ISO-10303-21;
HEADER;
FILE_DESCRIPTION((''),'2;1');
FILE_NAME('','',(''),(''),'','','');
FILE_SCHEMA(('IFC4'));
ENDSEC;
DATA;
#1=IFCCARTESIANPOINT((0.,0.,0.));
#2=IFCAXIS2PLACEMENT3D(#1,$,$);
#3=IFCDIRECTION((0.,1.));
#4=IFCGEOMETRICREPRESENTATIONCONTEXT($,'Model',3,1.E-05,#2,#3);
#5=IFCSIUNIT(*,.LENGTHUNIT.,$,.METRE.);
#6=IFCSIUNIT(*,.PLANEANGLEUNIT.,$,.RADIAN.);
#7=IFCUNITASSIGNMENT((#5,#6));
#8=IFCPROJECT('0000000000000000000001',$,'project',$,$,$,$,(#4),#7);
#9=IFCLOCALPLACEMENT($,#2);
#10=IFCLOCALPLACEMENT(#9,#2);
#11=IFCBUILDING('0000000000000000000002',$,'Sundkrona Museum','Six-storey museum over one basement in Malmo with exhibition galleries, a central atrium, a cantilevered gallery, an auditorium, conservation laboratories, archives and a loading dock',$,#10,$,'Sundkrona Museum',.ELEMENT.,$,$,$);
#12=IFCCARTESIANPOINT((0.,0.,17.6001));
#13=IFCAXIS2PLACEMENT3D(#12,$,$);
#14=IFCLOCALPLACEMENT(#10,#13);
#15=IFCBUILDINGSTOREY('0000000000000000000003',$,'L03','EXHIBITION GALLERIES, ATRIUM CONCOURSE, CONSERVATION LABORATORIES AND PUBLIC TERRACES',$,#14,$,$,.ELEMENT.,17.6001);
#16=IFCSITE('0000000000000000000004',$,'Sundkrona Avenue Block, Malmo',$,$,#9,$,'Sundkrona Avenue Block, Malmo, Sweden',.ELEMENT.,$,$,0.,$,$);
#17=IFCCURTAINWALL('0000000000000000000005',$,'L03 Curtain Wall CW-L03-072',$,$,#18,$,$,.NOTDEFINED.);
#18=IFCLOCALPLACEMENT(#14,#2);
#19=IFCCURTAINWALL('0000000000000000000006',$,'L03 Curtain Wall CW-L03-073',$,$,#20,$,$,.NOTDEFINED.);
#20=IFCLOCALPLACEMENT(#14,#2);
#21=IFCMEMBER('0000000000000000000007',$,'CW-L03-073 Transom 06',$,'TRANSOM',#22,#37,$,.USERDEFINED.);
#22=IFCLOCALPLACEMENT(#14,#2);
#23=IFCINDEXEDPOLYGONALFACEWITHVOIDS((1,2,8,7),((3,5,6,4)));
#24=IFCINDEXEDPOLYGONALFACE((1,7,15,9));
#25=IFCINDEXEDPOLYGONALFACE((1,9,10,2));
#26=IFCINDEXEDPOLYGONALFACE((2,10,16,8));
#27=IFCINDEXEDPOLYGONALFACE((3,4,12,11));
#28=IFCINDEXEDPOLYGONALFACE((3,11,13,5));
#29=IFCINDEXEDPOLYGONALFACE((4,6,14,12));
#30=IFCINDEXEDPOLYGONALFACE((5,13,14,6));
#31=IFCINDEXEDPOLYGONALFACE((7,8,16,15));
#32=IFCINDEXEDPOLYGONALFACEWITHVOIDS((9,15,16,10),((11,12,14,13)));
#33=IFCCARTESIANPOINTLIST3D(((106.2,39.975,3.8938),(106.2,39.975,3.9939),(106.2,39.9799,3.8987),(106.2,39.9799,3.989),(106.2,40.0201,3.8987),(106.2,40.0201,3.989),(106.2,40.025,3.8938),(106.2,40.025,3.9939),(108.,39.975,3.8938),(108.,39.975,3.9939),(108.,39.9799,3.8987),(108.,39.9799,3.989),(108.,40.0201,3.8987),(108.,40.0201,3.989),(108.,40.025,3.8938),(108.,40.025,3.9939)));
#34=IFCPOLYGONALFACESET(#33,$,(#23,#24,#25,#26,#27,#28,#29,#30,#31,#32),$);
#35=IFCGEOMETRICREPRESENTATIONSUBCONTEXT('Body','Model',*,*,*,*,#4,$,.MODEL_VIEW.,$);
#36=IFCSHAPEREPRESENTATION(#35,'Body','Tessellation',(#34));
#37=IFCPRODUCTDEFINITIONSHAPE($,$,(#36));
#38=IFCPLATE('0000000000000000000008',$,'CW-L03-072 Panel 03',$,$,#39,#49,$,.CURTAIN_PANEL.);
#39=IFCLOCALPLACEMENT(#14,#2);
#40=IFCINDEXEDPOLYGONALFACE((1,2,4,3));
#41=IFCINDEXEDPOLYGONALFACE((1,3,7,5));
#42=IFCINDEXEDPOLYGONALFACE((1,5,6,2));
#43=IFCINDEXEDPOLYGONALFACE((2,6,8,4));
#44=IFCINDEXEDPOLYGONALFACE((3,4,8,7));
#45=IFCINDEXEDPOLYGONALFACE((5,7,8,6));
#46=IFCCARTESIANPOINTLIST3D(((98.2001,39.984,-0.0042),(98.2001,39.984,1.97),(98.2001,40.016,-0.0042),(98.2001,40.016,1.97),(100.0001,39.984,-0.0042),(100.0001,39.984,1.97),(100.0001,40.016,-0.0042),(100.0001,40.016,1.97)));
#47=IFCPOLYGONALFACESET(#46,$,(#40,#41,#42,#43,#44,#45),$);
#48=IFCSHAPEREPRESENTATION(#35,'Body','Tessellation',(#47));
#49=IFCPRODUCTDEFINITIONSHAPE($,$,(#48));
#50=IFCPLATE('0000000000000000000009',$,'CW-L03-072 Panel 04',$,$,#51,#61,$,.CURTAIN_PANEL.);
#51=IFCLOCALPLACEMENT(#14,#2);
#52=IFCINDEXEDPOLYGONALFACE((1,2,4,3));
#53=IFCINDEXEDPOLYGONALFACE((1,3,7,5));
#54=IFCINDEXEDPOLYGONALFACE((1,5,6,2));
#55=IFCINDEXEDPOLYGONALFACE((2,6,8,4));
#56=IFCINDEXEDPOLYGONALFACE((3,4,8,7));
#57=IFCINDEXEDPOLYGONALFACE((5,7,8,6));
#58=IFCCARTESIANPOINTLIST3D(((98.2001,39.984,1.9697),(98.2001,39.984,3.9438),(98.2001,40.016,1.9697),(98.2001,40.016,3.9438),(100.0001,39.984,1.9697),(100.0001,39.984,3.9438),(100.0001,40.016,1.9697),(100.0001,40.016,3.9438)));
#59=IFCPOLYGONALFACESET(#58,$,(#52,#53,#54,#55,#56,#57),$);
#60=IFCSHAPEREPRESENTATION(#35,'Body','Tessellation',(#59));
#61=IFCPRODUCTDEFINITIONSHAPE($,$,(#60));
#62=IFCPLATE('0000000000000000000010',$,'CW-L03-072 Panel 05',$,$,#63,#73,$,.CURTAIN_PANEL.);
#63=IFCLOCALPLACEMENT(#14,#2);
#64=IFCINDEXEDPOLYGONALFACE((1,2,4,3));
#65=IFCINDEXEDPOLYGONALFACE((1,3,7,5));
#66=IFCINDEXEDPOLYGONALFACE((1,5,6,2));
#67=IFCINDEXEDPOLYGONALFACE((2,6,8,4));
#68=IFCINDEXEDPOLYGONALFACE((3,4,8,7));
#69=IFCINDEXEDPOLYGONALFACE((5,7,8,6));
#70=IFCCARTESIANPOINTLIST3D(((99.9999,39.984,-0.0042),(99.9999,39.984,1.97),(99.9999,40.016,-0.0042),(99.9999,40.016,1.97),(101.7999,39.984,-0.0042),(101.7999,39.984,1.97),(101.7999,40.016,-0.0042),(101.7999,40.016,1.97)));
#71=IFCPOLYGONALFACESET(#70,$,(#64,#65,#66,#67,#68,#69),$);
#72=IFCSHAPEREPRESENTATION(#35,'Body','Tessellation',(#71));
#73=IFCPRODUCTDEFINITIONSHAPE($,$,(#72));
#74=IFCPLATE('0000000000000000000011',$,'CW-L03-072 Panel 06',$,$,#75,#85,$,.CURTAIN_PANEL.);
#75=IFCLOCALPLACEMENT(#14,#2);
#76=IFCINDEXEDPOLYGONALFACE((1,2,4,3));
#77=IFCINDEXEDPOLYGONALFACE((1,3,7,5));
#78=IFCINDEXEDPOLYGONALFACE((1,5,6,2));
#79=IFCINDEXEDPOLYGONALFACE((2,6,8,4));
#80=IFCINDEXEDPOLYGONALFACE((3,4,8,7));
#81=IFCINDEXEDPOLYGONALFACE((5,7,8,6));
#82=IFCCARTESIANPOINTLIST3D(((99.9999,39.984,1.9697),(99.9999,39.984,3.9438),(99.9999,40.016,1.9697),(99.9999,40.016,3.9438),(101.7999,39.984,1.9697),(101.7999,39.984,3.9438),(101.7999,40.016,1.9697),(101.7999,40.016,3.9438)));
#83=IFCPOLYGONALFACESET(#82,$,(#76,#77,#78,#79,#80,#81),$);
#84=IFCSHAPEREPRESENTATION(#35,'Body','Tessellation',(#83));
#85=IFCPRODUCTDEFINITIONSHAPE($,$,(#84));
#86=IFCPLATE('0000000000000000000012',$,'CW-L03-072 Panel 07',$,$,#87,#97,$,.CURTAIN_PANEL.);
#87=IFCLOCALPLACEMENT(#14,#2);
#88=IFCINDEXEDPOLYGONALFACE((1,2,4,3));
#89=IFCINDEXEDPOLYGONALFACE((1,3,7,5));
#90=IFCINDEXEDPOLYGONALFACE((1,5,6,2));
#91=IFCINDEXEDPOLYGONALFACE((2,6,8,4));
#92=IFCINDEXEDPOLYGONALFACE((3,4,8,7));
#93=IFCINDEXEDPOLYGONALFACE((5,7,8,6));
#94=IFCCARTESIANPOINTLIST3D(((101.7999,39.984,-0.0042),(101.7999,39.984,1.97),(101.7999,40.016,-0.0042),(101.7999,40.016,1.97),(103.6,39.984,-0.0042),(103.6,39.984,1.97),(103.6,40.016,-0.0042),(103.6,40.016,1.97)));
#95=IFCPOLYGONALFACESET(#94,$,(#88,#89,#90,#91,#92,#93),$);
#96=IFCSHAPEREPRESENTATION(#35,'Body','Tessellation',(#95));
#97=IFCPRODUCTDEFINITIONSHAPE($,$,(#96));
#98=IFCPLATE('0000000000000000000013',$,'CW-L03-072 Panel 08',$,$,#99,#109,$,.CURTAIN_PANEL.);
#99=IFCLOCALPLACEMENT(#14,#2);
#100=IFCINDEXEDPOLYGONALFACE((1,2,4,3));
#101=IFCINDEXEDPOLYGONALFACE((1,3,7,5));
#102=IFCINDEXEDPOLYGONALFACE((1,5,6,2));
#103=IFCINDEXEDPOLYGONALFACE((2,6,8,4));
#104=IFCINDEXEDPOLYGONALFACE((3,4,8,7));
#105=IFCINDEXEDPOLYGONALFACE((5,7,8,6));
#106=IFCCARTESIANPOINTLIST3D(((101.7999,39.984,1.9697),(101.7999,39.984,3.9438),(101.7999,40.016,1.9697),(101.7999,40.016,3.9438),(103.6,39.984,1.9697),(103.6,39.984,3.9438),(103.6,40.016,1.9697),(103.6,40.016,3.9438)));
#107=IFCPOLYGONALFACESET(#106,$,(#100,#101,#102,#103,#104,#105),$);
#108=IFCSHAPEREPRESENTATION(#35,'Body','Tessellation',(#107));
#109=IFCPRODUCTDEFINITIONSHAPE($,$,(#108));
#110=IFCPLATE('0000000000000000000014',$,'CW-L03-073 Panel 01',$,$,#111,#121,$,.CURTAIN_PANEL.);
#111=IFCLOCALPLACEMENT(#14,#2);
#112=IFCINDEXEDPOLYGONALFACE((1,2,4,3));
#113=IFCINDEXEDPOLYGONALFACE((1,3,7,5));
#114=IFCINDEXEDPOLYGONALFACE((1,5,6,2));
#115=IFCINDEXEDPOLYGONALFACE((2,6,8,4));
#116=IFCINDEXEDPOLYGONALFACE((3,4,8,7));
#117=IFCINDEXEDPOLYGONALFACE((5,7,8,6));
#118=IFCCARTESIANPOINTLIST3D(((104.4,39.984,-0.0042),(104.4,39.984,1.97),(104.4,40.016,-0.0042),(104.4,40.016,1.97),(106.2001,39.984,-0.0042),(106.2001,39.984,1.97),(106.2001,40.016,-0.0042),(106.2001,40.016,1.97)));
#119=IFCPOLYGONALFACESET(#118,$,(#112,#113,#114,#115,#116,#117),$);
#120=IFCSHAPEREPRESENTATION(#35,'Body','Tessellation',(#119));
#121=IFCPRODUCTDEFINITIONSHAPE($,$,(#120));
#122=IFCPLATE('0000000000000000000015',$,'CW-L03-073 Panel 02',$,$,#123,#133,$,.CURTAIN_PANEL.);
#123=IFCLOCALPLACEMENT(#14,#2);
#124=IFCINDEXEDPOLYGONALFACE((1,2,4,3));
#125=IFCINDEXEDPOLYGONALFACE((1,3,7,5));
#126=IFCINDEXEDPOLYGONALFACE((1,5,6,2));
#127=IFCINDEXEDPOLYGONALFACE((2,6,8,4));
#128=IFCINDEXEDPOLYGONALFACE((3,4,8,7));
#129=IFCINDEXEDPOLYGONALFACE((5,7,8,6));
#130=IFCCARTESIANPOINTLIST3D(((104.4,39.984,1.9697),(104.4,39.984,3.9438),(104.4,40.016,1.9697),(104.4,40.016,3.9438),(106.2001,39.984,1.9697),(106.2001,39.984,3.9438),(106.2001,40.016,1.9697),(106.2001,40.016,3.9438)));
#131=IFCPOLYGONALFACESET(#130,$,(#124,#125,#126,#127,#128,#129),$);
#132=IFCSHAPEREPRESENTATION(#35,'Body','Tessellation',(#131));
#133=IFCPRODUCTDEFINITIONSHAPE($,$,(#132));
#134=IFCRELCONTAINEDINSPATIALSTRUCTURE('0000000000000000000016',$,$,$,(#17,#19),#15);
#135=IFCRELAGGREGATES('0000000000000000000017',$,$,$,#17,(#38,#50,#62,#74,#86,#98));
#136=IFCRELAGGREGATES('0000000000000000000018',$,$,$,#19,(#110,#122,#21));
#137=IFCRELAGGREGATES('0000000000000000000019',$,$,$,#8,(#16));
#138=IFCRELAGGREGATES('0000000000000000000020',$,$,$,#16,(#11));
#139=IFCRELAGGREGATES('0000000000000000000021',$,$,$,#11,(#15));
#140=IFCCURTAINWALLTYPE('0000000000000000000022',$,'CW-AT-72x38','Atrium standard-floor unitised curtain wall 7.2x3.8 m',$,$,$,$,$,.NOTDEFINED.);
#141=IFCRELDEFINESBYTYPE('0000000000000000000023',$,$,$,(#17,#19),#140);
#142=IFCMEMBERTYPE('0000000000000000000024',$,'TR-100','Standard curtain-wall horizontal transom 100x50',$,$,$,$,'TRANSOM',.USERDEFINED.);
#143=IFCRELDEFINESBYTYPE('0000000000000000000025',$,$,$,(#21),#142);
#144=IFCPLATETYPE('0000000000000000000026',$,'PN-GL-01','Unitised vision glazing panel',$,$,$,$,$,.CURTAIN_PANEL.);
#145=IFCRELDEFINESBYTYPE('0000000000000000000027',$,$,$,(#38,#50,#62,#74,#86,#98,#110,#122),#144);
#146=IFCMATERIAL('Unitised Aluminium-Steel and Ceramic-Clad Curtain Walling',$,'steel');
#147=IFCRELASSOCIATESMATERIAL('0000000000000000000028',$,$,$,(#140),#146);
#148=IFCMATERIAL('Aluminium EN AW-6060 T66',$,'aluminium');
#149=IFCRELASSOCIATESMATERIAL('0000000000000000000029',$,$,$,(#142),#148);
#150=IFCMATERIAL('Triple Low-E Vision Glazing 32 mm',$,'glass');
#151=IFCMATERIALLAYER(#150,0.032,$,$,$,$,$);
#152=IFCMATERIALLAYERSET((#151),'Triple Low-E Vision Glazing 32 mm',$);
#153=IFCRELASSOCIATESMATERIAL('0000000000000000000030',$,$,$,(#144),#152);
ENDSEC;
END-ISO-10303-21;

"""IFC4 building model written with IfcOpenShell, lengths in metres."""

from ifc_helpers import new_model, si_unit, direction, frame, origin, origin_2d, place, context, subcontext, project, spatial, rectangle, hollow_rectangle, extrude, material, layer, layer_set, material_profile, profile_set, type_object, element, aggregate, save


model = new_model("IFC4")

# Units and contexts
model_context = context("Model", 3, precision=1e-05, world=origin(), true_north=direction((0.0, 1.0)))
body_context = subcontext(model_context, "Body", "Model", "MODEL_VIEW")
ifc_project = project(units=[si_unit("LENGTHUNIT", "METRE"), si_unit("PLANEANGLEUNIT", "RADIAN")], contexts=[model_context])

# Site, building, storey
site_placement = place(None, origin())
site = spatial("IfcSite", under=ifc_project, at=site_placement, Name="Sundkrona Avenue Block, Malmo", LongName="Sundkrona Avenue Block, Malmo, Sweden", CompositionType="ELEMENT", RefElevation=0.0)
building_placement = place(site_placement, origin())
building = spatial("IfcBuilding", under=site, at=building_placement, Name="Sundkrona Museum", Description="Six-storey museum over one basement in Malmo with exhibition galleries, a central atrium, a cantilevered gallery, an auditorium, conservation laboratories, archives and a loading dock", LongName="Sundkrona Museum", CompositionType="ELEMENT")
storey_placement = place(building_placement, frame((0.0, 0.0, 17.6001)))
storey = spatial("IfcBuildingStorey", under=building, at=storey_placement, Name="L03", Description="EXHIBITION GALLERIES, ATRIUM CONCOURSE, CONSERVATION LABORATORIES AND PUBLIC TERRACES", CompositionType="ELEMENT", Elevation=17.6001)

# Curtain walls
ifc_material_1 = material(Name="Unitised Aluminium-Steel and Ceramic-Clad Curtain Walling", Category="steel")
curtain_wall_type = type_object("IfcCurtainWallType", Name="CW-AT-72x38", Description="Atrium standard-floor unitised curtain wall 7.2x3.8 m", PredefinedType="NOTDEFINED", material=ifc_material_1)
curtain_wall_1_placement = place(storey_placement, origin())
curtain_wall_1 = element("IfcCurtainWall", 1, at=curtain_wall_1_placement, inside=storey, type_object=curtain_wall_type, Name="L03 Curtain Wall CW-L03-072", PredefinedType="NOTDEFINED")
ifc_material_2 = material(Name="Aluminium EN AW-6060 T66", Category="aluminium")
curtain_wall_2_placement = place(storey_placement, origin())
curtain_wall_2 = element("IfcCurtainWall", 2, at=curtain_wall_2_placement, inside=storey, type_object=curtain_wall_type, Name="L03 Curtain Wall CW-L03-073", PredefinedType="NOTDEFINED")

# Member
ifc_material_profile_1 = material_profile(ifc_material_2, hollow_rectangle(XDim=0.05, YDim=0.1001, WallThickness=0.0049, at=origin_2d()), Name="RHS 100x50x5.0")
ifc_profile_set_1 = profile_set([ifc_material_profile_1], Name="Aluminium EN AW-6060 T66")
member_type_1 = type_object("IfcMemberType", Name="TR-100", Description="Standard curtain-wall horizontal transom 100x50", ElementType="TRANSOM", PredefinedType="USERDEFINED", material=ifc_profile_set_1)
member_1_placement = place(storey_placement, frame((106.2, 40.0, 3.9438), z_axis=(1.0, 0.0, 0.0), x_axis=(0.0, 1.0, 0.0)))
member_1 = element("IfcMember", 3, at=member_1_placement, type_object=member_type_1, Name="CW-L03-073 Transom 06", ObjectType="TRANSOM", PredefinedType="USERDEFINED", context=body_context, shape_type="SweptSolid", body=[
    extrude(hollow_rectangle(XDim=0.05, YDim=0.1001, WallThickness=0.0049, at=origin_2d()), origin(), (0.0, 0.0, 1.0), 1.8),
])

# Plates
ifc_material_3 = material(Name="Triple Low-E Vision Glazing 32 mm", Category="glass")
ifc_layer = layer(ifc_material_3, 0.032)
ifc_layer_set = layer_set([ifc_layer], Name="Triple Low-E Vision Glazing 32 mm")
plate_type = type_object("IfcPlateType", Name="PN-GL-01", Description="Unitised vision glazing panel", PredefinedType="CURTAIN_PANEL", material=ifc_layer_set)
plate_1_placement = place(storey_placement, frame((99.1001, 40.0, -0.0042), z_axis=(0.0, 0.0, 1.0), x_axis=(1.0, 0.0, 0.0)))
plate_1 = element("IfcPlate", 4, at=plate_1_placement, type_object=plate_type, Name="CW-L03-072 Panel 03", PredefinedType="CURTAIN_PANEL", context=body_context, shape_type="SweptSolid", body=[
    extrude(rectangle(XDim=1.8, YDim=0.032, at=origin_2d()), origin(), (0.0, 0.0, 1.0), 1.9741),
])
plate_2_placement = place(storey_placement, frame((99.1001, 40.0, 1.9697), z_axis=(0.0, 0.0, 1.0), x_axis=(1.0, 0.0, 0.0)))
plate_2 = element("IfcPlate", 5, at=plate_2_placement, type_object=plate_type, Name="CW-L03-072 Panel 04", PredefinedType="CURTAIN_PANEL", context=body_context, shape_type="SweptSolid", body=[
    extrude(rectangle(XDim=1.8, YDim=0.032, at=origin_2d()), origin(), (0.0, 0.0, 1.0), 1.9741),
])
plate_3_placement = place(storey_placement, frame((100.8999, 40.0, -0.0042), z_axis=(0.0, 0.0, 1.0), x_axis=(1.0, 0.0, 0.0)))
plate_3 = element("IfcPlate", 6, at=plate_3_placement, type_object=plate_type, Name="CW-L03-072 Panel 05", PredefinedType="CURTAIN_PANEL", context=body_context, shape_type="SweptSolid", body=[
    extrude(rectangle(XDim=1.8, YDim=0.032, at=origin_2d()), origin(), (0.0, 0.0, 1.0), 1.9741),
])
plate_4_placement = place(storey_placement, frame((100.8999, 40.0, 1.9697), z_axis=(0.0, 0.0, 1.0), x_axis=(1.0, 0.0, 0.0)))
plate_4 = element("IfcPlate", 7, at=plate_4_placement, type_object=plate_type, Name="CW-L03-072 Panel 06", PredefinedType="CURTAIN_PANEL", context=body_context, shape_type="SweptSolid", body=[
    extrude(rectangle(XDim=1.8, YDim=0.032, at=origin_2d()), origin(), (0.0, 0.0, 1.0), 1.9741),
])
plate_5_placement = place(storey_placement, frame((102.7, 40.0, -0.0042), z_axis=(0.0, 0.0, 1.0), x_axis=(1.0, 0.0, 0.0)))
plate_5 = element("IfcPlate", 8, at=plate_5_placement, type_object=plate_type, Name="CW-L03-072 Panel 07", PredefinedType="CURTAIN_PANEL", context=body_context, shape_type="SweptSolid", body=[
    extrude(rectangle(XDim=1.8, YDim=0.032, at=origin_2d()), origin(), (0.0, 0.0, 1.0), 1.9741),
])
plate_6_placement = place(storey_placement, frame((102.7, 40.0, 1.9697), z_axis=(0.0, 0.0, 1.0), x_axis=(1.0, 0.0, 0.0)))
plate_6 = element("IfcPlate", 9, at=plate_6_placement, type_object=plate_type, Name="CW-L03-072 Panel 08", PredefinedType="CURTAIN_PANEL", context=body_context, shape_type="SweptSolid", body=[
    extrude(rectangle(XDim=1.8, YDim=0.032, at=origin_2d()), origin(), (0.0, 0.0, 1.0), 1.9741),
])
aggregate(curtain_wall_1, [plate_1, plate_2, plate_3, plate_4, plate_5, plate_6])
plate_7_placement = place(storey_placement, frame((105.3, 40.0, -0.0042), z_axis=(0.0, 0.0, 1.0), x_axis=(1.0, 0.0, 0.0)))
plate_7 = element("IfcPlate", 10, at=plate_7_placement, type_object=plate_type, Name="CW-L03-073 Panel 01", PredefinedType="CURTAIN_PANEL", context=body_context, shape_type="SweptSolid", body=[
    extrude(rectangle(XDim=1.8, YDim=0.032, at=origin_2d()), origin(), (0.0, 0.0, 1.0), 1.9741),
])
plate_8_placement = place(storey_placement, frame((105.3, 40.0, 1.9697), z_axis=(0.0, 0.0, 1.0), x_axis=(1.0, 0.0, 0.0)))
plate_8 = element("IfcPlate", 11, at=plate_8_placement, type_object=plate_type, Name="CW-L03-073 Panel 02", PredefinedType="CURTAIN_PANEL", context=body_context, shape_type="SweptSolid", body=[
    extrude(rectangle(XDim=1.8, YDim=0.032, at=origin_2d()), origin(), (0.0, 0.0, 1.0), 1.9741),
])
aggregate(curtain_wall_2, [plate_7, plate_8, member_1])

save(model, "model.ifc")
